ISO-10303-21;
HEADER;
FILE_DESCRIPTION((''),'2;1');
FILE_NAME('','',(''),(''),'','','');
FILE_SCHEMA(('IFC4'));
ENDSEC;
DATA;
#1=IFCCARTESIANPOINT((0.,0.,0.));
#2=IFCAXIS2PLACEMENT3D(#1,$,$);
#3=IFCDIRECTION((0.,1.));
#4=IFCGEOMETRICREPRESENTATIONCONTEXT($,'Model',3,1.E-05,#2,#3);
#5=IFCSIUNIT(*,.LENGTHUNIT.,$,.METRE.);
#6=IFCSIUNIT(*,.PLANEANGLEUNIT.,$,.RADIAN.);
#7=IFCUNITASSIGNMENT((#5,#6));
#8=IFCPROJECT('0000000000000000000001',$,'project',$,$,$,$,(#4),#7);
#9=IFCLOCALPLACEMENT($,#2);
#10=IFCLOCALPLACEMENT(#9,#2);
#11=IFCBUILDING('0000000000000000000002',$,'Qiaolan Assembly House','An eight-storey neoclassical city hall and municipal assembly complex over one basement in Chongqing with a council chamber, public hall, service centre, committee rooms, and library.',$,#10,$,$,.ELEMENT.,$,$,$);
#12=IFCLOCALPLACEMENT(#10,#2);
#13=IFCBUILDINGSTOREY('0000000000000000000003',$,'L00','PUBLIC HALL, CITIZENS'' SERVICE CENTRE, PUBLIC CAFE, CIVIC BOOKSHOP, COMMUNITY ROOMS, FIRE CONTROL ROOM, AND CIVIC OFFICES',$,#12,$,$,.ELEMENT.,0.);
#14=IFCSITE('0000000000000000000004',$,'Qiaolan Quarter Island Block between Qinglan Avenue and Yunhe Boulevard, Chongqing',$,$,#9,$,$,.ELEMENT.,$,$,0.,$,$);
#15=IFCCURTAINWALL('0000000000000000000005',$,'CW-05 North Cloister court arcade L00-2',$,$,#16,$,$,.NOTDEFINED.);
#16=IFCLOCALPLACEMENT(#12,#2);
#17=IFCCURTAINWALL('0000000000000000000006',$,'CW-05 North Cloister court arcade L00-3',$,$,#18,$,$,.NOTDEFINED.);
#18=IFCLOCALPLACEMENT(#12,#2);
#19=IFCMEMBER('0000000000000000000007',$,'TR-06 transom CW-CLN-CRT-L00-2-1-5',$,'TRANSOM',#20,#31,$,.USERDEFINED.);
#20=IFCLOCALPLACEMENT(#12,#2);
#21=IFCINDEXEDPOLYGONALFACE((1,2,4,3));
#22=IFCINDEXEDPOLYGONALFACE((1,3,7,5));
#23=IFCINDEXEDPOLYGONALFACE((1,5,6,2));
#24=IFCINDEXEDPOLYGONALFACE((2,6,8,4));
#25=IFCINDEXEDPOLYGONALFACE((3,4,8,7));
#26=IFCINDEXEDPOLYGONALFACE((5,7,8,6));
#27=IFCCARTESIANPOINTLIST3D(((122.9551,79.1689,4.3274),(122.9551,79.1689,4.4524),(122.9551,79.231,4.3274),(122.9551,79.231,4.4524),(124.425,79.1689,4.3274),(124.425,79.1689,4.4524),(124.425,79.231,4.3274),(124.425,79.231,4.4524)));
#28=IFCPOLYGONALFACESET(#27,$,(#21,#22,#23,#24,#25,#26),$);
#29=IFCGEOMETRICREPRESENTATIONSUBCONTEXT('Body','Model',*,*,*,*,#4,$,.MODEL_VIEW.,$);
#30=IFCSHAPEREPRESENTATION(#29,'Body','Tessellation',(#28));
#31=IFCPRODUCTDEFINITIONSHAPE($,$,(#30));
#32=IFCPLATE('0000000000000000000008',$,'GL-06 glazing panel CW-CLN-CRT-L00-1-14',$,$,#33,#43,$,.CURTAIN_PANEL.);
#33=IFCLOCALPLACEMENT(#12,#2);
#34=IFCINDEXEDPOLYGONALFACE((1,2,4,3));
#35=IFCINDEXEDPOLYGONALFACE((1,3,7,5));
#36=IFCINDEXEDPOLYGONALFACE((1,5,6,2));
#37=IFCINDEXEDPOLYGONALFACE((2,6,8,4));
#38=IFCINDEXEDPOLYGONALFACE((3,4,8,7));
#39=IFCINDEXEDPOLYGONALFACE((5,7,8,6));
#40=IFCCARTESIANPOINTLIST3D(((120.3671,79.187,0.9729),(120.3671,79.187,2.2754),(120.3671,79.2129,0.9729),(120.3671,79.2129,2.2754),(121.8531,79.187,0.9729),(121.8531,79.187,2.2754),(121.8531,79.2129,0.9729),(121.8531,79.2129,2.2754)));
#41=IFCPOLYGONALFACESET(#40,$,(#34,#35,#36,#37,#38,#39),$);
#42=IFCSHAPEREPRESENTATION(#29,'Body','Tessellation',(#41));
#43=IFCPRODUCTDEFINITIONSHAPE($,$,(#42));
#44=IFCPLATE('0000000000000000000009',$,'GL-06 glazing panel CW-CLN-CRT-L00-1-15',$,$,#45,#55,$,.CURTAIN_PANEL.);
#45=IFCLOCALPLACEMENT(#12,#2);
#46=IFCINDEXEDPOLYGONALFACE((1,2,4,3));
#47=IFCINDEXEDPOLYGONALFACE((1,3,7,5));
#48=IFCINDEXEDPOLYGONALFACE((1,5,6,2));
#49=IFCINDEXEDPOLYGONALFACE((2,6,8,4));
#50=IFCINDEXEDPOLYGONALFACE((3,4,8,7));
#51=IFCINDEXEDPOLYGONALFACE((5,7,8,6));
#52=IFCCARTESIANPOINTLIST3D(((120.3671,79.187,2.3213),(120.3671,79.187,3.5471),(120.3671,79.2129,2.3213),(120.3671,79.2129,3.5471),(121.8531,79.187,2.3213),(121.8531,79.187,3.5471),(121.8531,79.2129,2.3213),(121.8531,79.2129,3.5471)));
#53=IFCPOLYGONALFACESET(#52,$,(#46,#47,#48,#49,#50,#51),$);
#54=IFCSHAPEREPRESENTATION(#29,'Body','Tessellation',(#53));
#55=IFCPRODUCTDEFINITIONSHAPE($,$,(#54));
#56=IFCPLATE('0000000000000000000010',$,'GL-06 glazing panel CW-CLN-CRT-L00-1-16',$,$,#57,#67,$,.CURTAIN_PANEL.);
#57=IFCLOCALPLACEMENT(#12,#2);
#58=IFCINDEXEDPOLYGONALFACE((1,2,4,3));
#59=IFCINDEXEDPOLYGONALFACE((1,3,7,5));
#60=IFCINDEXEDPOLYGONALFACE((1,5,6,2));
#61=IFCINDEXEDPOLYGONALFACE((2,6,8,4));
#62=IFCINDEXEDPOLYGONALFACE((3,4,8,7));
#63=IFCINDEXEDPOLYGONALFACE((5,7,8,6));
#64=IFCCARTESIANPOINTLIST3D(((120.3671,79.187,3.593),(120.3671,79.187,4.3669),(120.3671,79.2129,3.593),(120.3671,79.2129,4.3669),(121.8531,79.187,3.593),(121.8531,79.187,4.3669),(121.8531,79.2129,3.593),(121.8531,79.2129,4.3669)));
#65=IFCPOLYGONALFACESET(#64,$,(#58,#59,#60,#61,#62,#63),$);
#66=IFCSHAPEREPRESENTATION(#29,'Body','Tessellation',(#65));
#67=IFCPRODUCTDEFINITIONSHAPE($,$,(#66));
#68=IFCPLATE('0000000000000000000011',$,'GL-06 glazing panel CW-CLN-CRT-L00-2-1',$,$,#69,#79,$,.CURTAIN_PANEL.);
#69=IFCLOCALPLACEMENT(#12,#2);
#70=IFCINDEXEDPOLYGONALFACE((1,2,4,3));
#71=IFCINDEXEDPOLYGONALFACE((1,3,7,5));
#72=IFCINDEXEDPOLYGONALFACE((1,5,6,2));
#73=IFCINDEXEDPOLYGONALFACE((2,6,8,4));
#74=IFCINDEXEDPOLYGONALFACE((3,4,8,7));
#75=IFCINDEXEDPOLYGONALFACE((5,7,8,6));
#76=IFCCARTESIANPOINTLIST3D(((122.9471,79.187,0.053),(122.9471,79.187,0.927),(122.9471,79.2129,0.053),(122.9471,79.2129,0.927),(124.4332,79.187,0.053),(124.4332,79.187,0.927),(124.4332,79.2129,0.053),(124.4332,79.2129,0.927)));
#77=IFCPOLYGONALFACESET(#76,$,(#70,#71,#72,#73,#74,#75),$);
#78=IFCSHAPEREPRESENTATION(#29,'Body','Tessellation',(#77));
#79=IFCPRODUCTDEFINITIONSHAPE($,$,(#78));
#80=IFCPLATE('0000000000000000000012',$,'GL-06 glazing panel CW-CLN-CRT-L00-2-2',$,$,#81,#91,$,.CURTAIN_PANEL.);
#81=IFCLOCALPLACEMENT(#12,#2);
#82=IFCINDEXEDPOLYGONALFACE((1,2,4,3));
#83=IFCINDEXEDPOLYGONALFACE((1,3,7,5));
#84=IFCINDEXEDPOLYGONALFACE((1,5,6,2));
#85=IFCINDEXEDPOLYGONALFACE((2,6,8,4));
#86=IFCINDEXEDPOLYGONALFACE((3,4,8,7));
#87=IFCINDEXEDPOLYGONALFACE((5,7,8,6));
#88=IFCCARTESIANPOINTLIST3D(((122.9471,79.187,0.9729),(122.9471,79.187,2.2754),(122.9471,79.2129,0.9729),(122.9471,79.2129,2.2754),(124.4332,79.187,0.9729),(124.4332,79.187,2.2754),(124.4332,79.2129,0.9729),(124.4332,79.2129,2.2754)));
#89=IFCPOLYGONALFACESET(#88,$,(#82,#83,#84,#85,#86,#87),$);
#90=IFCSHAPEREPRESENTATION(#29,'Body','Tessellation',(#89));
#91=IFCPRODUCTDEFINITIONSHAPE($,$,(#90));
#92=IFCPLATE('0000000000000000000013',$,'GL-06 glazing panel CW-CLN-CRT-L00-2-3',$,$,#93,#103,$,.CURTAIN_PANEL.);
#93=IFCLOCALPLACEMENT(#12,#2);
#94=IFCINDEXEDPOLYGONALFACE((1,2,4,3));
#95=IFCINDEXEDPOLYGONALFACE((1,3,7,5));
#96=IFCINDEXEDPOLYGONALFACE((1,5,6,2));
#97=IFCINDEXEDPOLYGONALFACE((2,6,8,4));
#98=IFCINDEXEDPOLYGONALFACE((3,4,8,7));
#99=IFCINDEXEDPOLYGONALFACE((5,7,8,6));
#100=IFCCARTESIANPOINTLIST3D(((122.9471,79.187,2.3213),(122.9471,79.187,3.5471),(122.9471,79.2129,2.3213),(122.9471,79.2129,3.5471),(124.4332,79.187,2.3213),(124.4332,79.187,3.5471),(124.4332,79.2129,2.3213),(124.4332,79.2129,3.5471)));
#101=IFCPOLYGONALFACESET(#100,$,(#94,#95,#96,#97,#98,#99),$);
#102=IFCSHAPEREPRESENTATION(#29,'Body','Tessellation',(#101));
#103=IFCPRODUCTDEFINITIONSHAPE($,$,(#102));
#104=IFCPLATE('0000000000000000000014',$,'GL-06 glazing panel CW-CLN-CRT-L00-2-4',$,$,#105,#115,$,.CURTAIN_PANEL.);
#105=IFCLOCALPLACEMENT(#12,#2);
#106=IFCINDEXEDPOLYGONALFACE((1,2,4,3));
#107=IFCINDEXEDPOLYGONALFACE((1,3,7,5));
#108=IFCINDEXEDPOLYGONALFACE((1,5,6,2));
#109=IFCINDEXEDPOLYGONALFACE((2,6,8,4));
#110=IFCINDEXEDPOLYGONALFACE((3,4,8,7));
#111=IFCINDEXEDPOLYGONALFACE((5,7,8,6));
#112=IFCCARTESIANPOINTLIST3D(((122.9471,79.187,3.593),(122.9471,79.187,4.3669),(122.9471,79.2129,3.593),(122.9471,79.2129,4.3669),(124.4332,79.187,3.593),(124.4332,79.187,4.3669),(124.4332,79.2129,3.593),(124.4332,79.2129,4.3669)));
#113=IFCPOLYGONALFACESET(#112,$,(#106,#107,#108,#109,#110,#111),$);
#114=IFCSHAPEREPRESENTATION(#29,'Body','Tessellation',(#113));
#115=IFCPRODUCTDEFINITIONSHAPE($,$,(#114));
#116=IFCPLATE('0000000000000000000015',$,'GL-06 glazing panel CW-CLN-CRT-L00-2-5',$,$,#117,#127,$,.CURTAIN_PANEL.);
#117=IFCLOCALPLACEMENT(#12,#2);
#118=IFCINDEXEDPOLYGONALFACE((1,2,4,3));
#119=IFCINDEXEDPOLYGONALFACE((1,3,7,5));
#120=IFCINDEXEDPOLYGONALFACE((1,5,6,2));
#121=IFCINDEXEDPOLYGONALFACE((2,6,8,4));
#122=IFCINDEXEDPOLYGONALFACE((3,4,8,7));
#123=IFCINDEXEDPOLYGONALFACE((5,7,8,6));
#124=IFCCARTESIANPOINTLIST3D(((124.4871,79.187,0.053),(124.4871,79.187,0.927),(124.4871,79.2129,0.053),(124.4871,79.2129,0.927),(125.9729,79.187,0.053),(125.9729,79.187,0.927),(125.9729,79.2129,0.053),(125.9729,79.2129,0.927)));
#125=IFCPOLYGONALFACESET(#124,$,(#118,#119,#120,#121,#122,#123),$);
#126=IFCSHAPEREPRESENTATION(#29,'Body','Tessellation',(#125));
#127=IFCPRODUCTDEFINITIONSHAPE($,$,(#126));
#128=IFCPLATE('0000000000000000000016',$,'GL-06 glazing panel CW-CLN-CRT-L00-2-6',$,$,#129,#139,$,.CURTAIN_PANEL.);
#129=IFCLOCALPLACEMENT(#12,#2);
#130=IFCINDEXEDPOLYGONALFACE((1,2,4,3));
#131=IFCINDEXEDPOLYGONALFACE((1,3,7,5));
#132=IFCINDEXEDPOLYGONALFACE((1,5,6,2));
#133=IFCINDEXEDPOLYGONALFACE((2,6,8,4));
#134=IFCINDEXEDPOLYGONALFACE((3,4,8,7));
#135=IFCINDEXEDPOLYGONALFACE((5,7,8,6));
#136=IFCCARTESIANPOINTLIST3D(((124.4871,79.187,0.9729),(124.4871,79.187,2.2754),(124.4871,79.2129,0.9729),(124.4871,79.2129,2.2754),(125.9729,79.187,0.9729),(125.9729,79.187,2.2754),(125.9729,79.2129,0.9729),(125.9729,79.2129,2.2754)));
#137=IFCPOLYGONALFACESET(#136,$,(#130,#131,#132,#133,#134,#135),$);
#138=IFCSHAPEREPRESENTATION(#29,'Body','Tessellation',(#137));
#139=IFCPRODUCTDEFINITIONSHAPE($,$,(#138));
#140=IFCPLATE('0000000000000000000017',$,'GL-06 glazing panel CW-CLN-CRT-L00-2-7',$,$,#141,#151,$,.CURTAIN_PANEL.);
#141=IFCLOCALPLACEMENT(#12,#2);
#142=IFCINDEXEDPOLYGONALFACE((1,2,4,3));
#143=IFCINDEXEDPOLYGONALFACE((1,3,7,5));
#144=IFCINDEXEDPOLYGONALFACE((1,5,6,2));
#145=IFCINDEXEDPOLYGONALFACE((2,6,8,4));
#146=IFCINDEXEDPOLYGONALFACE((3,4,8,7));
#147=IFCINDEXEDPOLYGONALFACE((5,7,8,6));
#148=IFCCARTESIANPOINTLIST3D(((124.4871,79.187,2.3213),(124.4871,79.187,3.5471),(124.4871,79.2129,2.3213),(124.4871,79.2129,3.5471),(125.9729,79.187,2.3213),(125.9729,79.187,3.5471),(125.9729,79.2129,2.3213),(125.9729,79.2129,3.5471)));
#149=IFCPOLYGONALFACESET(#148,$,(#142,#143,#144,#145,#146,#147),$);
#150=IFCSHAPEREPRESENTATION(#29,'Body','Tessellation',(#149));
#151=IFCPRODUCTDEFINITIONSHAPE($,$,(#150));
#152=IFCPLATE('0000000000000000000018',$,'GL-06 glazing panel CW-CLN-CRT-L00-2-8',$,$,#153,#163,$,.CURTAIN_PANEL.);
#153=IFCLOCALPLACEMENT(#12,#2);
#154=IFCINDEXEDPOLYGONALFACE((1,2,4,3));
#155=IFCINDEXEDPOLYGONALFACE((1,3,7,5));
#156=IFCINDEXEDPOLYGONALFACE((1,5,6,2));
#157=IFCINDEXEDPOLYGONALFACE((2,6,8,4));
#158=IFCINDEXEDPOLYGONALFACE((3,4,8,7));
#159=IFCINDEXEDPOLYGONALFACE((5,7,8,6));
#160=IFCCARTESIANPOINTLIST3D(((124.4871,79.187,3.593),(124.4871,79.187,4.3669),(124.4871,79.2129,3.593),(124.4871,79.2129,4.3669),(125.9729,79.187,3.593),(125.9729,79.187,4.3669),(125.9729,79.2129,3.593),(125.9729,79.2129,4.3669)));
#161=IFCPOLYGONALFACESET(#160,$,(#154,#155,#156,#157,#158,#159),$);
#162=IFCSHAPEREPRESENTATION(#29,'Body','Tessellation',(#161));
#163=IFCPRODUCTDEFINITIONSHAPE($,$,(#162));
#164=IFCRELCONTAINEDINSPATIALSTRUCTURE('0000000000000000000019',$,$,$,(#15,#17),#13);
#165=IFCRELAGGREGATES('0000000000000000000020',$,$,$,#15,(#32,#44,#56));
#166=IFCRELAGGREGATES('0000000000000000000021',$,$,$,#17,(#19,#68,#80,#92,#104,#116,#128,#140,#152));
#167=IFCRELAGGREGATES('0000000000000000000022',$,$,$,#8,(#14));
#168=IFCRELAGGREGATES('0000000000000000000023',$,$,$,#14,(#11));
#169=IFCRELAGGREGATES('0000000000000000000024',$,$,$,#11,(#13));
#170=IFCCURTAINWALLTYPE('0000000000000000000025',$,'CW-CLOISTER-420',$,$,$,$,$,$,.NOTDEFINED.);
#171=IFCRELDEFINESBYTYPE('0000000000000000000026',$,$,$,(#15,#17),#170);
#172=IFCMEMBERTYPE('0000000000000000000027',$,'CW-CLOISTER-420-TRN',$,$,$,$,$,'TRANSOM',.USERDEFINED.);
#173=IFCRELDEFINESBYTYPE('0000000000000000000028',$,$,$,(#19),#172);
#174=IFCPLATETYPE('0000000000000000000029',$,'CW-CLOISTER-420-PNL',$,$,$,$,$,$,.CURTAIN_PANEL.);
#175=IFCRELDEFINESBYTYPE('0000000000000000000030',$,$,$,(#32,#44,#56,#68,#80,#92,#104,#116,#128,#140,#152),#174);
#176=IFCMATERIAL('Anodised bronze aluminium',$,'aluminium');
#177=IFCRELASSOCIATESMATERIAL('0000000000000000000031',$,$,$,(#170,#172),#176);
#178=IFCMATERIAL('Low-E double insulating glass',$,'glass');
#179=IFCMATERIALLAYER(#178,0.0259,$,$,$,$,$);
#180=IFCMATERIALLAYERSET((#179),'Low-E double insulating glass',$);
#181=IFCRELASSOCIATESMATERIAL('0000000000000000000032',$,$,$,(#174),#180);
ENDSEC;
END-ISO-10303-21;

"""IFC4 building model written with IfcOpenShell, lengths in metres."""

from ifc_helpers import new_model, si_unit, direction, frame, frame_2d, origin, origin_2d, place, context, subcontext, project, spatial, rectangle, extrude, material, layer, layer_set, material_profile, profile_set, type_object, element, aggregate, save


model = new_model("IFC4")

# Units and contexts
model_context = context("Model", 3, precision=1e-05, world=origin(), true_north=direction((0.0, 1.0)))
body_context = subcontext(model_context, "Body", "Model", "MODEL_VIEW")
ifc_project = project(units=[si_unit("LENGTHUNIT", "METRE"), si_unit("PLANEANGLEUNIT", "RADIAN")], contexts=[model_context])

# Site, building, storey
site_placement = place(None, origin())
site = spatial("IfcSite", under=ifc_project, at=site_placement, Name="Qiaolan Quarter Island Block between Qinglan Avenue and Yunhe Boulevard, Chongqing", CompositionType="ELEMENT", RefElevation=0.0)
building_placement = place(site_placement, origin())
building = spatial("IfcBuilding", under=site, at=building_placement, Name="Qiaolan Assembly House", Description="An eight-storey neoclassical city hall and municipal assembly complex over one basement in Chongqing with a council chamber, public hall, service centre, committee rooms, and library.", CompositionType="ELEMENT")
storey_placement = place(building_placement, origin())
storey = spatial("IfcBuildingStorey", under=building, at=storey_placement, Name="L00", Description="PUBLIC HALL, CITIZENS' SERVICE CENTRE, PUBLIC CAFE, CIVIC BOOKSHOP, COMMUNITY ROOMS, FIRE CONTROL ROOM, AND CIVIC OFFICES", CompositionType="ELEMENT", Elevation=0.0)

# Curtain wall
ifc_material_1 = material(Name="Anodised bronze aluminium", Category="aluminium")
curtain_wall_type = type_object("IfcCurtainWallType", Name="CW-CLOISTER-420", PredefinedType="NOTDEFINED", material=ifc_material_1)
curtain_wall_1_placement = place(storey_placement, origin())
curtain_wall_1 = element("IfcCurtainWall", 1, at=curtain_wall_1_placement, inside=storey, type_object=curtain_wall_type, Name="CW-05 North Cloister court arcade L00-2", PredefinedType="NOTDEFINED")

# Curtain wall
curtain_wall_2_placement = place(storey_placement, origin())
curtain_wall_2 = element("IfcCurtainWall", 2, at=curtain_wall_2_placement, inside=storey, type_object=curtain_wall_type, Name="CW-05 North Cloister court arcade L00-3", PredefinedType="NOTDEFINED")

# Member
ifc_material_profile_1 = material_profile(ifc_material_1, rectangle(XDim=0.062, YDim=0.125, at=origin_2d()), Name="TRN 62x125")
ifc_profile_set_1 = profile_set([ifc_material_profile_1], Name="Anodised bronze aluminium")
member_type_1 = type_object("IfcMemberType", Name="CW-CLOISTER-420-TRN", ElementType="TRANSOM", PredefinedType="USERDEFINED", material=ifc_profile_set_1)
member_1_placement = place(storey_placement, frame((122.9551, 79.2, 4.3899), z_axis=(1.0, 0.0, 0.0), x_axis=(0.0, 1.0, 0.0)))
member_1 = element("IfcMember", 3, at=member_1_placement, type_object=member_type_1, Name="TR-06 transom CW-CLN-CRT-L00-2-1-5", ObjectType="TRANSOM", PredefinedType="USERDEFINED", context=body_context, shape_type="SweptSolid", body=[
    extrude(rectangle(XDim=0.062, YDim=0.125, at=origin_2d()), origin(), (0.0, 0.0, 1.0), 1.47),
])

# Plates
ifc_material_2 = material(Name="Low-E double insulating glass", Category="glass")
ifc_layer = layer(ifc_material_2, 0.0259)
ifc_layer_set = layer_set([ifc_layer], Name="Low-E double insulating glass")
plate_type = type_object("IfcPlateType", Name="CW-CLOISTER-420-PNL", PredefinedType="CURTAIN_PANEL", material=ifc_layer_set)
plate_1_placement = place(storey_placement, frame((120.3669, 79.2, 0.9729), z_axis=(0.0, 0.0, 1.0), x_axis=(1.0, 0.0, 0.0)))
plate_1 = element("IfcPlate", 4, at=plate_1_placement, type_object=plate_type, Name="GL-06 glazing panel CW-CLN-CRT-L00-1-14", PredefinedType="CURTAIN_PANEL", context=body_context, shape_type="SweptSolid", body=[
    extrude(rectangle(XDim=1.4861, YDim=0.0259, at=frame_2d((0.7432, 0.0))), origin(), (0.0, 0.0, 1.0), 1.3025),
])
plate_2_placement = place(storey_placement, frame((120.3669, 79.2, 2.3213), z_axis=(0.0, 0.0, 1.0), x_axis=(1.0, 0.0, 0.0)))
plate_2 = element("IfcPlate", 5, at=plate_2_placement, type_object=plate_type, Name="GL-06 glazing panel CW-CLN-CRT-L00-1-15", PredefinedType="CURTAIN_PANEL", context=body_context, shape_type="SweptSolid", body=[
    extrude(rectangle(XDim=1.4861, YDim=0.0259, at=frame_2d((0.7432, 0.0))), origin(), (0.0, 0.0, 1.0), 1.2258),
])
plate_3_placement = place(storey_placement, frame((120.3669, 79.2, 3.593), z_axis=(0.0, 0.0, 1.0), x_axis=(1.0, 0.0, 0.0)))
plate_3 = element("IfcPlate", 6, at=plate_3_placement, type_object=plate_type, Name="GL-06 glazing panel CW-CLN-CRT-L00-1-16", PredefinedType="CURTAIN_PANEL", context=body_context, shape_type="SweptSolid", body=[
    extrude(rectangle(XDim=1.4861, YDim=0.0259, at=frame_2d((0.7432, 0.0))), origin(), (0.0, 0.0, 1.0), 0.7739),
])
aggregate(curtain_wall_1, [plate_1, plate_2, plate_3])
plate_4_placement = place(storey_placement, frame((122.947, 79.2, 0.053), z_axis=(0.0, 0.0, 1.0), x_axis=(1.0, 0.0, 0.0)))
plate_4 = element("IfcPlate", 7, at=plate_4_placement, type_object=plate_type, Name="GL-06 glazing panel CW-CLN-CRT-L00-2-1", PredefinedType="CURTAIN_PANEL", context=body_context, shape_type="SweptSolid", body=[
    extrude(rectangle(XDim=1.4861, YDim=0.0259, at=frame_2d((0.7432, 0.0))), origin(), (0.0, 0.0, 1.0), 0.874),
])
plate_5_placement = place(storey_placement, frame((122.947, 79.2, 0.9729), z_axis=(0.0, 0.0, 1.0), x_axis=(1.0, 0.0, 0.0)))
plate_5 = element("IfcPlate", 8, at=plate_5_placement, type_object=plate_type, Name="GL-06 glazing panel CW-CLN-CRT-L00-2-2", PredefinedType="CURTAIN_PANEL", context=body_context, shape_type="SweptSolid", body=[
    extrude(rectangle(XDim=1.4861, YDim=0.0259, at=frame_2d((0.7432, 0.0))), origin(), (0.0, 0.0, 1.0), 1.3025),
])
plate_6_placement = place(storey_placement, frame((122.947, 79.2, 2.3213), z_axis=(0.0, 0.0, 1.0), x_axis=(1.0, 0.0, 0.0)))
plate_6 = element("IfcPlate", 9, at=plate_6_placement, type_object=plate_type, Name="GL-06 glazing panel CW-CLN-CRT-L00-2-3", PredefinedType="CURTAIN_PANEL", context=body_context, shape_type="SweptSolid", body=[
    extrude(rectangle(XDim=1.4861, YDim=0.0259, at=frame_2d((0.7432, 0.0))), origin(), (0.0, 0.0, 1.0), 1.2258),
])
plate_7_placement = place(storey_placement, frame((122.947, 79.2, 3.593), z_axis=(0.0, 0.0, 1.0), x_axis=(1.0, 0.0, 0.0)))
plate_7 = element("IfcPlate", 10, at=plate_7_placement, type_object=plate_type, Name="GL-06 glazing panel CW-CLN-CRT-L00-2-4", PredefinedType="CURTAIN_PANEL", context=body_context, shape_type="SweptSolid", body=[
    extrude(rectangle(XDim=1.4861, YDim=0.0259, at=frame_2d((0.7432, 0.0))), origin(), (0.0, 0.0, 1.0), 0.7739),
])
plate_8_placement = place(storey_placement, frame((124.4871, 79.2, 0.053), z_axis=(0.0, 0.0, 1.0), x_axis=(1.0, 0.0, 0.0)))
plate_8 = element("IfcPlate", 11, at=plate_8_placement, type_object=plate_type, Name="GL-06 glazing panel CW-CLN-CRT-L00-2-5", PredefinedType="CURTAIN_PANEL", context=body_context, shape_type="SweptSolid", body=[
    extrude(rectangle(XDim=1.4858, YDim=0.0259, at=frame_2d((0.7429, 0.0))), origin(), (0.0, 0.0, 1.0), 0.874),
])
plate_9_placement = place(storey_placement, frame((124.4871, 79.2, 0.9729), z_axis=(0.0, 0.0, 1.0), x_axis=(1.0, 0.0, 0.0)))
plate_9 = element("IfcPlate", 12, at=plate_9_placement, type_object=plate_type, Name="GL-06 glazing panel CW-CLN-CRT-L00-2-6", PredefinedType="CURTAIN_PANEL", context=body_context, shape_type="SweptSolid", body=[
    extrude(rectangle(XDim=1.4858, YDim=0.0259, at=frame_2d((0.7429, 0.0))), origin(), (0.0, 0.0, 1.0), 1.3025),
])
plate_10_placement = place(storey_placement, frame((124.4871, 79.2, 2.3213), z_axis=(0.0, 0.0, 1.0), x_axis=(1.0, 0.0, 0.0)))
plate_10 = element("IfcPlate", 13, at=plate_10_placement, type_object=plate_type, Name="GL-06 glazing panel CW-CLN-CRT-L00-2-7", PredefinedType="CURTAIN_PANEL", context=body_context, shape_type="SweptSolid", body=[
    extrude(rectangle(XDim=1.4858, YDim=0.0259, at=frame_2d((0.7429, 0.0))), origin(), (0.0, 0.0, 1.0), 1.2258),
])
plate_11_placement = place(storey_placement, frame((124.4871, 79.2, 3.593), z_axis=(0.0, 0.0, 1.0), x_axis=(1.0, 0.0, 0.0)))
plate_11 = element("IfcPlate", 14, at=plate_11_placement, type_object=plate_type, Name="GL-06 glazing panel CW-CLN-CRT-L00-2-8", PredefinedType="CURTAIN_PANEL", context=body_context, shape_type="SweptSolid", body=[
    extrude(rectangle(XDim=1.4858, YDim=0.0259, at=frame_2d((0.7429, 0.0))), origin(), (0.0, 0.0, 1.0), 0.7739),
])
aggregate(curtain_wall_2, [member_1, plate_4, plate_5, plate_6, plate_7, plate_8, plate_9, plate_10, plate_11])

save(model, "model.ifc")
